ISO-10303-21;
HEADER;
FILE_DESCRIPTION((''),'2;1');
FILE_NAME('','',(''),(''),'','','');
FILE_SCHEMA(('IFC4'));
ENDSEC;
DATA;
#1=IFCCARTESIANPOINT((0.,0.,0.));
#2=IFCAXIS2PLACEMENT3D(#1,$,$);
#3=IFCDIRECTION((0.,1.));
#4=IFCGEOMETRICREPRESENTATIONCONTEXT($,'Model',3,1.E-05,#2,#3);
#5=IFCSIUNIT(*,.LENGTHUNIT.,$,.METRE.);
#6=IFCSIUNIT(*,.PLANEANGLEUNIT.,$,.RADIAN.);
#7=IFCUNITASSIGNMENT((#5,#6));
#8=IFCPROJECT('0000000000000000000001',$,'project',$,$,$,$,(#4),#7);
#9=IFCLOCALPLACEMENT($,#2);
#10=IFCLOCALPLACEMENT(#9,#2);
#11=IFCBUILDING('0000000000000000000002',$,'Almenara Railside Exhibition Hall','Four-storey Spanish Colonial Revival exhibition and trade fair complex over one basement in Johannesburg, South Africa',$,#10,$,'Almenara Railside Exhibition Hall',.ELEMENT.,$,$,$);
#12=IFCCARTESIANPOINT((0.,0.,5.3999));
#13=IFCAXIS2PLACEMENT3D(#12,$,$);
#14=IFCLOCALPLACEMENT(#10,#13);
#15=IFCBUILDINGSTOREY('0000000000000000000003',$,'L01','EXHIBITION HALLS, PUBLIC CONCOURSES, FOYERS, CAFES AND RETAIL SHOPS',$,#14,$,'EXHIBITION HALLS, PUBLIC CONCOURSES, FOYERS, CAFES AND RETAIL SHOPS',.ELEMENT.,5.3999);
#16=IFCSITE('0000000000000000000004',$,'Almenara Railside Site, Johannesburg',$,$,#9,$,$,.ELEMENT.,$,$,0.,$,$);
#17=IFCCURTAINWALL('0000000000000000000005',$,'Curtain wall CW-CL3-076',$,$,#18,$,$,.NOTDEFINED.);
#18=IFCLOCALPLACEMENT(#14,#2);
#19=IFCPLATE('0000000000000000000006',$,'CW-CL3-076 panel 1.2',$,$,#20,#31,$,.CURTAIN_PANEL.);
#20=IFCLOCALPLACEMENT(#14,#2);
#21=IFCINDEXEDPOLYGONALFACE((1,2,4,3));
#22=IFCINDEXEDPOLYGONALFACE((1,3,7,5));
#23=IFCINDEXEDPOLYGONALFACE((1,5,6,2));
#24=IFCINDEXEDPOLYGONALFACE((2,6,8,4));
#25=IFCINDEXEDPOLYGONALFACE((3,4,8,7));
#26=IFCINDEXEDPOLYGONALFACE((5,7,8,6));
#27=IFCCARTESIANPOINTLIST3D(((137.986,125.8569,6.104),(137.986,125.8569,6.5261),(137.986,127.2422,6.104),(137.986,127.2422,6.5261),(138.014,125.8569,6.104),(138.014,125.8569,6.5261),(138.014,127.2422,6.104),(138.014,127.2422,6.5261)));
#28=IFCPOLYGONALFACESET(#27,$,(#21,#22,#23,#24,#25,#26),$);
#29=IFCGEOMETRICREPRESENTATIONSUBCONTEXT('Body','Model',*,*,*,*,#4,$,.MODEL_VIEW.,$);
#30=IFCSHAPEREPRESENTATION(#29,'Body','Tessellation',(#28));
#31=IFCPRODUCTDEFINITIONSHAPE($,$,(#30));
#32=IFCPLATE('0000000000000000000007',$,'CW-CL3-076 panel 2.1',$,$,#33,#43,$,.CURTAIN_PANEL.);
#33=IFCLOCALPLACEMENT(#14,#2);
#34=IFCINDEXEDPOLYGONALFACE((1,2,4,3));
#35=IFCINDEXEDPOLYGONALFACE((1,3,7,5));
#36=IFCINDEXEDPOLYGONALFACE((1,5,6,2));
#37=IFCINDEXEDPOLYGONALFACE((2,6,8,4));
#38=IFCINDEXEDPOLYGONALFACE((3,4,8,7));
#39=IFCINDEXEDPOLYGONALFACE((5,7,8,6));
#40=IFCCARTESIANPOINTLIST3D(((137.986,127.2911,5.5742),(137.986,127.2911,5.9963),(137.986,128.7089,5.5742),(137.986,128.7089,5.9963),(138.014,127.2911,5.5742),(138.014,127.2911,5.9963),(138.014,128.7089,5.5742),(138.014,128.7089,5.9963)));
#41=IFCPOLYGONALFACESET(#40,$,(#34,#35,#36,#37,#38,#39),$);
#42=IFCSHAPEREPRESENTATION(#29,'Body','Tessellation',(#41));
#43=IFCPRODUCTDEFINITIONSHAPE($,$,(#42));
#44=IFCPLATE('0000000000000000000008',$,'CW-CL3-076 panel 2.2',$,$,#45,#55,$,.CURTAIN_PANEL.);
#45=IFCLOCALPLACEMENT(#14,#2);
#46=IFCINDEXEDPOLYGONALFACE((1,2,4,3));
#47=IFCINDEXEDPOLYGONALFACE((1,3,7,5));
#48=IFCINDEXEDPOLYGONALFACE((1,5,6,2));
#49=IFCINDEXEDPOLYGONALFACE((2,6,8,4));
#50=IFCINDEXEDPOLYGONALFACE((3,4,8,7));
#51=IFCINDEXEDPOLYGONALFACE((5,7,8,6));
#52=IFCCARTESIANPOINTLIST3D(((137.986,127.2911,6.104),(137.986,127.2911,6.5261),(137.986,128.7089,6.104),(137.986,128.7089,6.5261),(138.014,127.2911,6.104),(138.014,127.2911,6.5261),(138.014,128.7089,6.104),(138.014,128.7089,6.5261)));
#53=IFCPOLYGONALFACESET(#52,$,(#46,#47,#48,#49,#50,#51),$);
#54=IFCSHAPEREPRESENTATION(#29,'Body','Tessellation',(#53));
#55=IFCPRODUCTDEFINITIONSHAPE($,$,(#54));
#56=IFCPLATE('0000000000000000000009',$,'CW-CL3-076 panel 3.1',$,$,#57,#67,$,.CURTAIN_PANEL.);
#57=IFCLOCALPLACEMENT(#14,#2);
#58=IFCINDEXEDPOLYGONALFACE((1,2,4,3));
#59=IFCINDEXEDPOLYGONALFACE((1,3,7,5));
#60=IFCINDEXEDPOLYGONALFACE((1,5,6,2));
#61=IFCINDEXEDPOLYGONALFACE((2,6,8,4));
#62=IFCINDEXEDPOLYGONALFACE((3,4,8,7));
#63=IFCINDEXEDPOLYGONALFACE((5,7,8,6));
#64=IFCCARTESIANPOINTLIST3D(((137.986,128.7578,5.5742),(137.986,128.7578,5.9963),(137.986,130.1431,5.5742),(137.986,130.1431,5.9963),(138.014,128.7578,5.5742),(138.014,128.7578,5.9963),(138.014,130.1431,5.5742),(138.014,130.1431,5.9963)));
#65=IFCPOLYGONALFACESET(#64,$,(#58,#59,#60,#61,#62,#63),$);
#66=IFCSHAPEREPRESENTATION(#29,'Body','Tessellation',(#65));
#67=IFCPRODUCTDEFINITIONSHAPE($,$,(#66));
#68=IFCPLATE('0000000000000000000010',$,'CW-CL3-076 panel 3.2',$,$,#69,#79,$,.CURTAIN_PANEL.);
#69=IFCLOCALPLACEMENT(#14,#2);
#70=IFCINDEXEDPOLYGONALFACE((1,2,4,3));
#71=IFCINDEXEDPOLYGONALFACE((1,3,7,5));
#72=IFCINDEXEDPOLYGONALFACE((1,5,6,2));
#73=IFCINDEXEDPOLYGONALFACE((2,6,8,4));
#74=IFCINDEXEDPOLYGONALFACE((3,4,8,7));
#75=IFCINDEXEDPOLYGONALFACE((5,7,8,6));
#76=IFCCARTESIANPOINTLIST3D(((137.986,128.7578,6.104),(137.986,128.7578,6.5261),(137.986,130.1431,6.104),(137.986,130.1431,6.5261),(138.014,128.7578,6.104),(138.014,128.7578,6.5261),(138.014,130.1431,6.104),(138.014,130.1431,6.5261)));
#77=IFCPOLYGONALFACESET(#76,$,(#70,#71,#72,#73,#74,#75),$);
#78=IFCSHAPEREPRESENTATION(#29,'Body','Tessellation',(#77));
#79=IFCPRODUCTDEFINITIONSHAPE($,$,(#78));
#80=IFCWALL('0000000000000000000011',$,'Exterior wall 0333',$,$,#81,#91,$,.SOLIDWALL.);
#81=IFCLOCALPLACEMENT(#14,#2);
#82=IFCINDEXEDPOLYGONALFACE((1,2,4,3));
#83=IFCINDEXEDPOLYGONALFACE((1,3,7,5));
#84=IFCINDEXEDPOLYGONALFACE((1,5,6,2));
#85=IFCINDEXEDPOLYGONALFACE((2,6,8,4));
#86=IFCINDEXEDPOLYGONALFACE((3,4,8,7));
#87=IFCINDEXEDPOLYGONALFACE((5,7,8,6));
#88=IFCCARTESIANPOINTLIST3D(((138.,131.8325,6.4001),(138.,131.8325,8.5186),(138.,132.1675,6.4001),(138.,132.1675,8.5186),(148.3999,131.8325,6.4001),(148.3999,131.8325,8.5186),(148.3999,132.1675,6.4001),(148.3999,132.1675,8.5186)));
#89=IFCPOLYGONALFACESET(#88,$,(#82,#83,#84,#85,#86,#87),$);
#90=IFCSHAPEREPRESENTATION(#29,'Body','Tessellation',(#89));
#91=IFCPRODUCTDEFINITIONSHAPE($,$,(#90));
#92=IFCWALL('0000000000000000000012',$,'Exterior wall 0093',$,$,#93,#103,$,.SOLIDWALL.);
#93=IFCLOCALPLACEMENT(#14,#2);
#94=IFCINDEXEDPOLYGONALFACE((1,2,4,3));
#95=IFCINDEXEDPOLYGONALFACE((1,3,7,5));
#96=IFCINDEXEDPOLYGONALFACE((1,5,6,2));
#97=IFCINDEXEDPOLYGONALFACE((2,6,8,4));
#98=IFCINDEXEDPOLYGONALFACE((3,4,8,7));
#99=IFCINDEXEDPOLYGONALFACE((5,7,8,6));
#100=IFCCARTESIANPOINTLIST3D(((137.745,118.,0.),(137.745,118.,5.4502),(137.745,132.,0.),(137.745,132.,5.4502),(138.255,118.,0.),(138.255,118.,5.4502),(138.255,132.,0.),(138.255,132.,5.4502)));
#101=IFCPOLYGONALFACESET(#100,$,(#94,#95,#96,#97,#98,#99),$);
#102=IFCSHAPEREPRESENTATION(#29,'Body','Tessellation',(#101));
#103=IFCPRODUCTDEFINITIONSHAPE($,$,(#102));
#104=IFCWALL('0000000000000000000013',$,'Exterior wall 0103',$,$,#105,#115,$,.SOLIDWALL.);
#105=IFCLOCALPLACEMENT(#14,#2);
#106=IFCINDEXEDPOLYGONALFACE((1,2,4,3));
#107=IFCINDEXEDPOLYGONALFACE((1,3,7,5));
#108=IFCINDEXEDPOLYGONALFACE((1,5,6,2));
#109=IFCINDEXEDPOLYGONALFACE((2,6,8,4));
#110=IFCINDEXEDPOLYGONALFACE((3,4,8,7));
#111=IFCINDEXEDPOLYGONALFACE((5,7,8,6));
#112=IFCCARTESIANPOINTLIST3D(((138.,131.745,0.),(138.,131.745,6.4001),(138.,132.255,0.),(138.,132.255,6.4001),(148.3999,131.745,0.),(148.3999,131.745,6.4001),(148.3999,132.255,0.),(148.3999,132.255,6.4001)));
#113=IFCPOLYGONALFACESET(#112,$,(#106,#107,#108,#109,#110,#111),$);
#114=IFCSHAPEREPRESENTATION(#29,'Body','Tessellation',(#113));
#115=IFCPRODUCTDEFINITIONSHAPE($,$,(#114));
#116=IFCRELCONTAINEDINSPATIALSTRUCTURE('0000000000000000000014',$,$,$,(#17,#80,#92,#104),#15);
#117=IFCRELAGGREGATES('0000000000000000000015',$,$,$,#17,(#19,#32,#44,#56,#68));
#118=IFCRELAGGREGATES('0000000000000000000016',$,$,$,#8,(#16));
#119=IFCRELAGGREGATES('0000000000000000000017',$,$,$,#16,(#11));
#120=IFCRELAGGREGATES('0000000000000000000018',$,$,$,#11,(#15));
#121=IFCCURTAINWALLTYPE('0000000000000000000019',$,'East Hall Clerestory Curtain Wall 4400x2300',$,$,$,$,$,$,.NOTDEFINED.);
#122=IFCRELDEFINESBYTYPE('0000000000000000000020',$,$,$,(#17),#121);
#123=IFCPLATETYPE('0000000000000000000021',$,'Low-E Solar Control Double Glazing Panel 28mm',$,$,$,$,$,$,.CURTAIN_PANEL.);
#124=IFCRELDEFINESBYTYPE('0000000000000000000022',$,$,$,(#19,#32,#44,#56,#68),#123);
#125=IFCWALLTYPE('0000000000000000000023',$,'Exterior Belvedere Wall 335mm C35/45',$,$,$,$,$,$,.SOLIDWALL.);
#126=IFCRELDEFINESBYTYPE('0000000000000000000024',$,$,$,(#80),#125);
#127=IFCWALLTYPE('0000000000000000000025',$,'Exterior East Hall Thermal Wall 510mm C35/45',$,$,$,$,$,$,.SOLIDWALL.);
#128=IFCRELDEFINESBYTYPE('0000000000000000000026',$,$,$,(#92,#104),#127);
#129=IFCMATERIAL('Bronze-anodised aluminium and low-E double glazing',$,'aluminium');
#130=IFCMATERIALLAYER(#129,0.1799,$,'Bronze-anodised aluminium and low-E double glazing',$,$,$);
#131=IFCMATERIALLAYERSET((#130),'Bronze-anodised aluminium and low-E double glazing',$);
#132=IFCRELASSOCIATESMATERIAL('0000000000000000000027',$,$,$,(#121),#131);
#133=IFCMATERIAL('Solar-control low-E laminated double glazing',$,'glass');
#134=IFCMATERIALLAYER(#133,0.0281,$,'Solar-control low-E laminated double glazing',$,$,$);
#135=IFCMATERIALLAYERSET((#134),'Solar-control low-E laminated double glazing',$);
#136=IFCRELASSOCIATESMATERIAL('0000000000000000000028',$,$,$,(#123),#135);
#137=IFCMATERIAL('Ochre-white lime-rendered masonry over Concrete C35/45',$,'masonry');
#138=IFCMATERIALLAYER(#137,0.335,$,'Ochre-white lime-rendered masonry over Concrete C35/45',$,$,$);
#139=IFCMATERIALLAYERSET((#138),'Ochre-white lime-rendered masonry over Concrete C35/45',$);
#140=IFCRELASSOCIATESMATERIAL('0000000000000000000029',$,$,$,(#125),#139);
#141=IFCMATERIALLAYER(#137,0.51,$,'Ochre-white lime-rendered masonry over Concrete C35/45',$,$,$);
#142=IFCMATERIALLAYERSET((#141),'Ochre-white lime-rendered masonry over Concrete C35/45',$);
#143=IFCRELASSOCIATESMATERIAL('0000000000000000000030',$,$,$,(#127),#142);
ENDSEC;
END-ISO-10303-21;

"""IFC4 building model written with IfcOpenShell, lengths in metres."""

from ifc_helpers import new_model, si_unit, direction, frame, frame_2d, origin, origin_2d, place, context, subcontext, project, spatial, rectangle, extrude, material, layer, layer_set, type_object, element, aggregate, save


model = new_model("IFC4")

# Units and contexts
model_context = context("Model", 3, precision=1e-05, world=origin(), true_north=direction((0.0, 1.0)))
body_context = subcontext(model_context, "Body", "Model", "MODEL_VIEW")
ifc_project = project(units=[si_unit("LENGTHUNIT", "METRE"), si_unit("PLANEANGLEUNIT", "RADIAN")], contexts=[model_context])

# Site, building, storey
site_placement = place(None, origin())
site = spatial("IfcSite", under=ifc_project, at=site_placement, Name="Almenara Railside Site, Johannesburg", CompositionType="ELEMENT", RefElevation=0.0)
building_placement = place(site_placement, origin())
building = spatial("IfcBuilding", under=site, at=building_placement, Name="Almenara Railside Exhibition Hall", Description="Four-storey Spanish Colonial Revival exhibition and trade fair complex over one basement in Johannesburg, South Africa", LongName="Almenara Railside Exhibition Hall", CompositionType="ELEMENT")
storey_placement = place(building_placement, frame((0.0, 0.0, 5.3999)))
storey = spatial("IfcBuildingStorey", under=building, at=storey_placement, Name="L01", Description="EXHIBITION HALLS, PUBLIC CONCOURSES, FOYERS, CAFES AND RETAIL SHOPS", LongName="EXHIBITION HALLS, PUBLIC CONCOURSES, FOYERS, CAFES AND RETAIL SHOPS", CompositionType="ELEMENT", Elevation=5.3999)

# Curtain wall
ifc_material_1 = material(Name="Bronze-anodised aluminium and low-E double glazing", Category="aluminium")
ifc_layer_1 = layer(ifc_material_1, 0.1799, Name="Bronze-anodised aluminium and low-E double glazing")
ifc_layer_set_1 = layer_set([ifc_layer_1], Name="Bronze-anodised aluminium and low-E double glazing")
curtain_wall_type = type_object("IfcCurtainWallType", Name="East Hall Clerestory Curtain Wall 4400x2300", PredefinedType="NOTDEFINED", material=ifc_layer_set_1)
curtain_wall_placement = place(storey_placement, origin())
curtain_wall = element("IfcCurtainWall", 1, at=curtain_wall_placement, inside=storey, type_object=curtain_wall_type, Name="Curtain wall CW-CL3-076", PredefinedType="NOTDEFINED")

# Plates
ifc_material_2 = material(Name="Solar-control low-E laminated double glazing", Category="glass")
ifc_layer_2 = layer(ifc_material_2, 0.0281, Name="Solar-control low-E laminated double glazing")
ifc_layer_set_2 = layer_set([ifc_layer_2], Name="Solar-control low-E laminated double glazing")
plate_type = type_object("IfcPlateType", Name="Low-E Solar Control Double Glazing Panel 28mm", PredefinedType="CURTAIN_PANEL", material=ifc_layer_set_2)
plate_1_placement = place(storey_placement, frame((138.0, 126.5496, 6.104), z_axis=(0.0, 0.0, 1.0), x_axis=(0.0, 1.0, 0.0)))
plate_1 = element("IfcPlate", 2, at=plate_1_placement, type_object=plate_type, Name="CW-CL3-076 panel 1.2", PredefinedType="CURTAIN_PANEL", context=body_context, shape_type="SweptSolid", body=[
    extrude(rectangle(XDim=1.3853, YDim=0.0281, at=origin_2d()), origin(), (0.0, 0.0, 1.0), 0.4221),
])
plate_2_placement = place(storey_placement, frame((138.0, 128.0, 5.5742), z_axis=(0.0, 0.0, 1.0), x_axis=(0.0, 1.0, 0.0)))
plate_2 = element("IfcPlate", 3, at=plate_2_placement, type_object=plate_type, Name="CW-CL3-076 panel 2.1", PredefinedType="CURTAIN_PANEL", context=body_context, shape_type="SweptSolid", body=[
    extrude(rectangle(XDim=1.4177, YDim=0.0281, at=origin_2d()), origin(), (0.0, 0.0, 1.0), 0.4221),
])
plate_3_placement = place(storey_placement, frame((138.0, 128.0, 6.104), z_axis=(0.0, 0.0, 1.0), x_axis=(0.0, 1.0, 0.0)))
plate_3 = element("IfcPlate", 4, at=plate_3_placement, type_object=plate_type, Name="CW-CL3-076 panel 2.2", PredefinedType="CURTAIN_PANEL", context=body_context, shape_type="SweptSolid", body=[
    extrude(rectangle(XDim=1.4177, YDim=0.0281, at=origin_2d()), origin(), (0.0, 0.0, 1.0), 0.4221),
])
plate_4_placement = place(storey_placement, frame((138.0, 129.4504, 5.5742), z_axis=(0.0, 0.0, 1.0), x_axis=(0.0, 1.0, 0.0)))
plate_4 = element("IfcPlate", 5, at=plate_4_placement, type_object=plate_type, Name="CW-CL3-076 panel 3.1", PredefinedType="CURTAIN_PANEL", context=body_context, shape_type="SweptSolid", body=[
    extrude(rectangle(XDim=1.3853, YDim=0.0281, at=origin_2d()), origin(), (0.0, 0.0, 1.0), 0.4221),
])
plate_5_placement = place(storey_placement, frame((138.0, 129.4504, 6.104), z_axis=(0.0, 0.0, 1.0), x_axis=(0.0, 1.0, 0.0)))
plate_5 = element("IfcPlate", 6, at=plate_5_placement, type_object=plate_type, Name="CW-CL3-076 panel 3.2", PredefinedType="CURTAIN_PANEL", context=body_context, shape_type="SweptSolid", body=[
    extrude(rectangle(XDim=1.3853, YDim=0.0281, at=origin_2d()), origin(), (0.0, 0.0, 1.0), 0.4221),
])
aggregate(curtain_wall, [plate_1, plate_2, plate_3, plate_4, plate_5])

# Walls
ifc_material_3 = material(Name="Ochre-white lime-rendered masonry over Concrete C35/45", Category="masonry")
ifc_layer_3 = layer(ifc_material_3, 0.335, Name="Ochre-white lime-rendered masonry over Concrete C35/45")
ifc_layer_set_3 = layer_set([ifc_layer_3], Name="Ochre-white lime-rendered masonry over Concrete C35/45")
wall_type_1 = type_object("IfcWallType", Name="Exterior Belvedere Wall 335mm C35/45", PredefinedType="SOLIDWALL", material=ifc_layer_set_3)
wall_1_placement = place(storey_placement, frame((138.0, 132.0, 6.4001), z_axis=(0.0, 0.0, 1.0), x_axis=(1.0, 0.0, 0.0)))
element("IfcWall", 7, at=wall_1_placement, inside=storey, type_object=wall_type_1, Name="Exterior wall 0333", PredefinedType="SOLIDWALL", context=body_context, shape_type="SweptSolid", body=[
    extrude(rectangle(XDim=10.3999, YDim=0.335, at=frame_2d((5.2, 0.0))), origin(), (0.0, 0.0, 1.0), 2.1184),
])
ifc_layer_4 = layer(ifc_material_3, 0.51, Name="Ochre-white lime-rendered masonry over Concrete C35/45")
ifc_layer_set_4 = layer_set([ifc_layer_4], Name="Ochre-white lime-rendered masonry over Concrete C35/45")
wall_type_2 = type_object("IfcWallType", Name="Exterior East Hall Thermal Wall 510mm C35/45", PredefinedType="SOLIDWALL", material=ifc_layer_set_4)
wall_2_placement = place(storey_placement, frame((138.0, 132.0, 0.0), z_axis=(0.0, 0.0, 1.0), x_axis=(0.0, -1.0, 0.0)))
element("IfcWall", 8, at=wall_2_placement, inside=storey, type_object=wall_type_2, Name="Exterior wall 0093", PredefinedType="SOLIDWALL", context=body_context, shape_type="SweptSolid", body=[
    extrude(rectangle(XDim=14.0, YDim=0.51, at=frame_2d((7.0, 0.0))), origin(), (0.0, 0.0, 1.0), 5.4502),
])
wall_3_placement = place(storey_placement, frame((148.3999, 132.0, 0.0), z_axis=(0.0, 0.0, 1.0), x_axis=(-1.0, 0.0, 0.0)))
element("IfcWall", 9, at=wall_3_placement, inside=storey, type_object=wall_type_2, Name="Exterior wall 0103", PredefinedType="SOLIDWALL", context=body_context, shape_type="SweptSolid", body=[
    extrude(rectangle(XDim=10.3999, YDim=0.51, at=frame_2d((5.2, 0.0))), origin(), (0.0, 0.0, 1.0), 6.4001),
])

save(model, "model.ifc")
